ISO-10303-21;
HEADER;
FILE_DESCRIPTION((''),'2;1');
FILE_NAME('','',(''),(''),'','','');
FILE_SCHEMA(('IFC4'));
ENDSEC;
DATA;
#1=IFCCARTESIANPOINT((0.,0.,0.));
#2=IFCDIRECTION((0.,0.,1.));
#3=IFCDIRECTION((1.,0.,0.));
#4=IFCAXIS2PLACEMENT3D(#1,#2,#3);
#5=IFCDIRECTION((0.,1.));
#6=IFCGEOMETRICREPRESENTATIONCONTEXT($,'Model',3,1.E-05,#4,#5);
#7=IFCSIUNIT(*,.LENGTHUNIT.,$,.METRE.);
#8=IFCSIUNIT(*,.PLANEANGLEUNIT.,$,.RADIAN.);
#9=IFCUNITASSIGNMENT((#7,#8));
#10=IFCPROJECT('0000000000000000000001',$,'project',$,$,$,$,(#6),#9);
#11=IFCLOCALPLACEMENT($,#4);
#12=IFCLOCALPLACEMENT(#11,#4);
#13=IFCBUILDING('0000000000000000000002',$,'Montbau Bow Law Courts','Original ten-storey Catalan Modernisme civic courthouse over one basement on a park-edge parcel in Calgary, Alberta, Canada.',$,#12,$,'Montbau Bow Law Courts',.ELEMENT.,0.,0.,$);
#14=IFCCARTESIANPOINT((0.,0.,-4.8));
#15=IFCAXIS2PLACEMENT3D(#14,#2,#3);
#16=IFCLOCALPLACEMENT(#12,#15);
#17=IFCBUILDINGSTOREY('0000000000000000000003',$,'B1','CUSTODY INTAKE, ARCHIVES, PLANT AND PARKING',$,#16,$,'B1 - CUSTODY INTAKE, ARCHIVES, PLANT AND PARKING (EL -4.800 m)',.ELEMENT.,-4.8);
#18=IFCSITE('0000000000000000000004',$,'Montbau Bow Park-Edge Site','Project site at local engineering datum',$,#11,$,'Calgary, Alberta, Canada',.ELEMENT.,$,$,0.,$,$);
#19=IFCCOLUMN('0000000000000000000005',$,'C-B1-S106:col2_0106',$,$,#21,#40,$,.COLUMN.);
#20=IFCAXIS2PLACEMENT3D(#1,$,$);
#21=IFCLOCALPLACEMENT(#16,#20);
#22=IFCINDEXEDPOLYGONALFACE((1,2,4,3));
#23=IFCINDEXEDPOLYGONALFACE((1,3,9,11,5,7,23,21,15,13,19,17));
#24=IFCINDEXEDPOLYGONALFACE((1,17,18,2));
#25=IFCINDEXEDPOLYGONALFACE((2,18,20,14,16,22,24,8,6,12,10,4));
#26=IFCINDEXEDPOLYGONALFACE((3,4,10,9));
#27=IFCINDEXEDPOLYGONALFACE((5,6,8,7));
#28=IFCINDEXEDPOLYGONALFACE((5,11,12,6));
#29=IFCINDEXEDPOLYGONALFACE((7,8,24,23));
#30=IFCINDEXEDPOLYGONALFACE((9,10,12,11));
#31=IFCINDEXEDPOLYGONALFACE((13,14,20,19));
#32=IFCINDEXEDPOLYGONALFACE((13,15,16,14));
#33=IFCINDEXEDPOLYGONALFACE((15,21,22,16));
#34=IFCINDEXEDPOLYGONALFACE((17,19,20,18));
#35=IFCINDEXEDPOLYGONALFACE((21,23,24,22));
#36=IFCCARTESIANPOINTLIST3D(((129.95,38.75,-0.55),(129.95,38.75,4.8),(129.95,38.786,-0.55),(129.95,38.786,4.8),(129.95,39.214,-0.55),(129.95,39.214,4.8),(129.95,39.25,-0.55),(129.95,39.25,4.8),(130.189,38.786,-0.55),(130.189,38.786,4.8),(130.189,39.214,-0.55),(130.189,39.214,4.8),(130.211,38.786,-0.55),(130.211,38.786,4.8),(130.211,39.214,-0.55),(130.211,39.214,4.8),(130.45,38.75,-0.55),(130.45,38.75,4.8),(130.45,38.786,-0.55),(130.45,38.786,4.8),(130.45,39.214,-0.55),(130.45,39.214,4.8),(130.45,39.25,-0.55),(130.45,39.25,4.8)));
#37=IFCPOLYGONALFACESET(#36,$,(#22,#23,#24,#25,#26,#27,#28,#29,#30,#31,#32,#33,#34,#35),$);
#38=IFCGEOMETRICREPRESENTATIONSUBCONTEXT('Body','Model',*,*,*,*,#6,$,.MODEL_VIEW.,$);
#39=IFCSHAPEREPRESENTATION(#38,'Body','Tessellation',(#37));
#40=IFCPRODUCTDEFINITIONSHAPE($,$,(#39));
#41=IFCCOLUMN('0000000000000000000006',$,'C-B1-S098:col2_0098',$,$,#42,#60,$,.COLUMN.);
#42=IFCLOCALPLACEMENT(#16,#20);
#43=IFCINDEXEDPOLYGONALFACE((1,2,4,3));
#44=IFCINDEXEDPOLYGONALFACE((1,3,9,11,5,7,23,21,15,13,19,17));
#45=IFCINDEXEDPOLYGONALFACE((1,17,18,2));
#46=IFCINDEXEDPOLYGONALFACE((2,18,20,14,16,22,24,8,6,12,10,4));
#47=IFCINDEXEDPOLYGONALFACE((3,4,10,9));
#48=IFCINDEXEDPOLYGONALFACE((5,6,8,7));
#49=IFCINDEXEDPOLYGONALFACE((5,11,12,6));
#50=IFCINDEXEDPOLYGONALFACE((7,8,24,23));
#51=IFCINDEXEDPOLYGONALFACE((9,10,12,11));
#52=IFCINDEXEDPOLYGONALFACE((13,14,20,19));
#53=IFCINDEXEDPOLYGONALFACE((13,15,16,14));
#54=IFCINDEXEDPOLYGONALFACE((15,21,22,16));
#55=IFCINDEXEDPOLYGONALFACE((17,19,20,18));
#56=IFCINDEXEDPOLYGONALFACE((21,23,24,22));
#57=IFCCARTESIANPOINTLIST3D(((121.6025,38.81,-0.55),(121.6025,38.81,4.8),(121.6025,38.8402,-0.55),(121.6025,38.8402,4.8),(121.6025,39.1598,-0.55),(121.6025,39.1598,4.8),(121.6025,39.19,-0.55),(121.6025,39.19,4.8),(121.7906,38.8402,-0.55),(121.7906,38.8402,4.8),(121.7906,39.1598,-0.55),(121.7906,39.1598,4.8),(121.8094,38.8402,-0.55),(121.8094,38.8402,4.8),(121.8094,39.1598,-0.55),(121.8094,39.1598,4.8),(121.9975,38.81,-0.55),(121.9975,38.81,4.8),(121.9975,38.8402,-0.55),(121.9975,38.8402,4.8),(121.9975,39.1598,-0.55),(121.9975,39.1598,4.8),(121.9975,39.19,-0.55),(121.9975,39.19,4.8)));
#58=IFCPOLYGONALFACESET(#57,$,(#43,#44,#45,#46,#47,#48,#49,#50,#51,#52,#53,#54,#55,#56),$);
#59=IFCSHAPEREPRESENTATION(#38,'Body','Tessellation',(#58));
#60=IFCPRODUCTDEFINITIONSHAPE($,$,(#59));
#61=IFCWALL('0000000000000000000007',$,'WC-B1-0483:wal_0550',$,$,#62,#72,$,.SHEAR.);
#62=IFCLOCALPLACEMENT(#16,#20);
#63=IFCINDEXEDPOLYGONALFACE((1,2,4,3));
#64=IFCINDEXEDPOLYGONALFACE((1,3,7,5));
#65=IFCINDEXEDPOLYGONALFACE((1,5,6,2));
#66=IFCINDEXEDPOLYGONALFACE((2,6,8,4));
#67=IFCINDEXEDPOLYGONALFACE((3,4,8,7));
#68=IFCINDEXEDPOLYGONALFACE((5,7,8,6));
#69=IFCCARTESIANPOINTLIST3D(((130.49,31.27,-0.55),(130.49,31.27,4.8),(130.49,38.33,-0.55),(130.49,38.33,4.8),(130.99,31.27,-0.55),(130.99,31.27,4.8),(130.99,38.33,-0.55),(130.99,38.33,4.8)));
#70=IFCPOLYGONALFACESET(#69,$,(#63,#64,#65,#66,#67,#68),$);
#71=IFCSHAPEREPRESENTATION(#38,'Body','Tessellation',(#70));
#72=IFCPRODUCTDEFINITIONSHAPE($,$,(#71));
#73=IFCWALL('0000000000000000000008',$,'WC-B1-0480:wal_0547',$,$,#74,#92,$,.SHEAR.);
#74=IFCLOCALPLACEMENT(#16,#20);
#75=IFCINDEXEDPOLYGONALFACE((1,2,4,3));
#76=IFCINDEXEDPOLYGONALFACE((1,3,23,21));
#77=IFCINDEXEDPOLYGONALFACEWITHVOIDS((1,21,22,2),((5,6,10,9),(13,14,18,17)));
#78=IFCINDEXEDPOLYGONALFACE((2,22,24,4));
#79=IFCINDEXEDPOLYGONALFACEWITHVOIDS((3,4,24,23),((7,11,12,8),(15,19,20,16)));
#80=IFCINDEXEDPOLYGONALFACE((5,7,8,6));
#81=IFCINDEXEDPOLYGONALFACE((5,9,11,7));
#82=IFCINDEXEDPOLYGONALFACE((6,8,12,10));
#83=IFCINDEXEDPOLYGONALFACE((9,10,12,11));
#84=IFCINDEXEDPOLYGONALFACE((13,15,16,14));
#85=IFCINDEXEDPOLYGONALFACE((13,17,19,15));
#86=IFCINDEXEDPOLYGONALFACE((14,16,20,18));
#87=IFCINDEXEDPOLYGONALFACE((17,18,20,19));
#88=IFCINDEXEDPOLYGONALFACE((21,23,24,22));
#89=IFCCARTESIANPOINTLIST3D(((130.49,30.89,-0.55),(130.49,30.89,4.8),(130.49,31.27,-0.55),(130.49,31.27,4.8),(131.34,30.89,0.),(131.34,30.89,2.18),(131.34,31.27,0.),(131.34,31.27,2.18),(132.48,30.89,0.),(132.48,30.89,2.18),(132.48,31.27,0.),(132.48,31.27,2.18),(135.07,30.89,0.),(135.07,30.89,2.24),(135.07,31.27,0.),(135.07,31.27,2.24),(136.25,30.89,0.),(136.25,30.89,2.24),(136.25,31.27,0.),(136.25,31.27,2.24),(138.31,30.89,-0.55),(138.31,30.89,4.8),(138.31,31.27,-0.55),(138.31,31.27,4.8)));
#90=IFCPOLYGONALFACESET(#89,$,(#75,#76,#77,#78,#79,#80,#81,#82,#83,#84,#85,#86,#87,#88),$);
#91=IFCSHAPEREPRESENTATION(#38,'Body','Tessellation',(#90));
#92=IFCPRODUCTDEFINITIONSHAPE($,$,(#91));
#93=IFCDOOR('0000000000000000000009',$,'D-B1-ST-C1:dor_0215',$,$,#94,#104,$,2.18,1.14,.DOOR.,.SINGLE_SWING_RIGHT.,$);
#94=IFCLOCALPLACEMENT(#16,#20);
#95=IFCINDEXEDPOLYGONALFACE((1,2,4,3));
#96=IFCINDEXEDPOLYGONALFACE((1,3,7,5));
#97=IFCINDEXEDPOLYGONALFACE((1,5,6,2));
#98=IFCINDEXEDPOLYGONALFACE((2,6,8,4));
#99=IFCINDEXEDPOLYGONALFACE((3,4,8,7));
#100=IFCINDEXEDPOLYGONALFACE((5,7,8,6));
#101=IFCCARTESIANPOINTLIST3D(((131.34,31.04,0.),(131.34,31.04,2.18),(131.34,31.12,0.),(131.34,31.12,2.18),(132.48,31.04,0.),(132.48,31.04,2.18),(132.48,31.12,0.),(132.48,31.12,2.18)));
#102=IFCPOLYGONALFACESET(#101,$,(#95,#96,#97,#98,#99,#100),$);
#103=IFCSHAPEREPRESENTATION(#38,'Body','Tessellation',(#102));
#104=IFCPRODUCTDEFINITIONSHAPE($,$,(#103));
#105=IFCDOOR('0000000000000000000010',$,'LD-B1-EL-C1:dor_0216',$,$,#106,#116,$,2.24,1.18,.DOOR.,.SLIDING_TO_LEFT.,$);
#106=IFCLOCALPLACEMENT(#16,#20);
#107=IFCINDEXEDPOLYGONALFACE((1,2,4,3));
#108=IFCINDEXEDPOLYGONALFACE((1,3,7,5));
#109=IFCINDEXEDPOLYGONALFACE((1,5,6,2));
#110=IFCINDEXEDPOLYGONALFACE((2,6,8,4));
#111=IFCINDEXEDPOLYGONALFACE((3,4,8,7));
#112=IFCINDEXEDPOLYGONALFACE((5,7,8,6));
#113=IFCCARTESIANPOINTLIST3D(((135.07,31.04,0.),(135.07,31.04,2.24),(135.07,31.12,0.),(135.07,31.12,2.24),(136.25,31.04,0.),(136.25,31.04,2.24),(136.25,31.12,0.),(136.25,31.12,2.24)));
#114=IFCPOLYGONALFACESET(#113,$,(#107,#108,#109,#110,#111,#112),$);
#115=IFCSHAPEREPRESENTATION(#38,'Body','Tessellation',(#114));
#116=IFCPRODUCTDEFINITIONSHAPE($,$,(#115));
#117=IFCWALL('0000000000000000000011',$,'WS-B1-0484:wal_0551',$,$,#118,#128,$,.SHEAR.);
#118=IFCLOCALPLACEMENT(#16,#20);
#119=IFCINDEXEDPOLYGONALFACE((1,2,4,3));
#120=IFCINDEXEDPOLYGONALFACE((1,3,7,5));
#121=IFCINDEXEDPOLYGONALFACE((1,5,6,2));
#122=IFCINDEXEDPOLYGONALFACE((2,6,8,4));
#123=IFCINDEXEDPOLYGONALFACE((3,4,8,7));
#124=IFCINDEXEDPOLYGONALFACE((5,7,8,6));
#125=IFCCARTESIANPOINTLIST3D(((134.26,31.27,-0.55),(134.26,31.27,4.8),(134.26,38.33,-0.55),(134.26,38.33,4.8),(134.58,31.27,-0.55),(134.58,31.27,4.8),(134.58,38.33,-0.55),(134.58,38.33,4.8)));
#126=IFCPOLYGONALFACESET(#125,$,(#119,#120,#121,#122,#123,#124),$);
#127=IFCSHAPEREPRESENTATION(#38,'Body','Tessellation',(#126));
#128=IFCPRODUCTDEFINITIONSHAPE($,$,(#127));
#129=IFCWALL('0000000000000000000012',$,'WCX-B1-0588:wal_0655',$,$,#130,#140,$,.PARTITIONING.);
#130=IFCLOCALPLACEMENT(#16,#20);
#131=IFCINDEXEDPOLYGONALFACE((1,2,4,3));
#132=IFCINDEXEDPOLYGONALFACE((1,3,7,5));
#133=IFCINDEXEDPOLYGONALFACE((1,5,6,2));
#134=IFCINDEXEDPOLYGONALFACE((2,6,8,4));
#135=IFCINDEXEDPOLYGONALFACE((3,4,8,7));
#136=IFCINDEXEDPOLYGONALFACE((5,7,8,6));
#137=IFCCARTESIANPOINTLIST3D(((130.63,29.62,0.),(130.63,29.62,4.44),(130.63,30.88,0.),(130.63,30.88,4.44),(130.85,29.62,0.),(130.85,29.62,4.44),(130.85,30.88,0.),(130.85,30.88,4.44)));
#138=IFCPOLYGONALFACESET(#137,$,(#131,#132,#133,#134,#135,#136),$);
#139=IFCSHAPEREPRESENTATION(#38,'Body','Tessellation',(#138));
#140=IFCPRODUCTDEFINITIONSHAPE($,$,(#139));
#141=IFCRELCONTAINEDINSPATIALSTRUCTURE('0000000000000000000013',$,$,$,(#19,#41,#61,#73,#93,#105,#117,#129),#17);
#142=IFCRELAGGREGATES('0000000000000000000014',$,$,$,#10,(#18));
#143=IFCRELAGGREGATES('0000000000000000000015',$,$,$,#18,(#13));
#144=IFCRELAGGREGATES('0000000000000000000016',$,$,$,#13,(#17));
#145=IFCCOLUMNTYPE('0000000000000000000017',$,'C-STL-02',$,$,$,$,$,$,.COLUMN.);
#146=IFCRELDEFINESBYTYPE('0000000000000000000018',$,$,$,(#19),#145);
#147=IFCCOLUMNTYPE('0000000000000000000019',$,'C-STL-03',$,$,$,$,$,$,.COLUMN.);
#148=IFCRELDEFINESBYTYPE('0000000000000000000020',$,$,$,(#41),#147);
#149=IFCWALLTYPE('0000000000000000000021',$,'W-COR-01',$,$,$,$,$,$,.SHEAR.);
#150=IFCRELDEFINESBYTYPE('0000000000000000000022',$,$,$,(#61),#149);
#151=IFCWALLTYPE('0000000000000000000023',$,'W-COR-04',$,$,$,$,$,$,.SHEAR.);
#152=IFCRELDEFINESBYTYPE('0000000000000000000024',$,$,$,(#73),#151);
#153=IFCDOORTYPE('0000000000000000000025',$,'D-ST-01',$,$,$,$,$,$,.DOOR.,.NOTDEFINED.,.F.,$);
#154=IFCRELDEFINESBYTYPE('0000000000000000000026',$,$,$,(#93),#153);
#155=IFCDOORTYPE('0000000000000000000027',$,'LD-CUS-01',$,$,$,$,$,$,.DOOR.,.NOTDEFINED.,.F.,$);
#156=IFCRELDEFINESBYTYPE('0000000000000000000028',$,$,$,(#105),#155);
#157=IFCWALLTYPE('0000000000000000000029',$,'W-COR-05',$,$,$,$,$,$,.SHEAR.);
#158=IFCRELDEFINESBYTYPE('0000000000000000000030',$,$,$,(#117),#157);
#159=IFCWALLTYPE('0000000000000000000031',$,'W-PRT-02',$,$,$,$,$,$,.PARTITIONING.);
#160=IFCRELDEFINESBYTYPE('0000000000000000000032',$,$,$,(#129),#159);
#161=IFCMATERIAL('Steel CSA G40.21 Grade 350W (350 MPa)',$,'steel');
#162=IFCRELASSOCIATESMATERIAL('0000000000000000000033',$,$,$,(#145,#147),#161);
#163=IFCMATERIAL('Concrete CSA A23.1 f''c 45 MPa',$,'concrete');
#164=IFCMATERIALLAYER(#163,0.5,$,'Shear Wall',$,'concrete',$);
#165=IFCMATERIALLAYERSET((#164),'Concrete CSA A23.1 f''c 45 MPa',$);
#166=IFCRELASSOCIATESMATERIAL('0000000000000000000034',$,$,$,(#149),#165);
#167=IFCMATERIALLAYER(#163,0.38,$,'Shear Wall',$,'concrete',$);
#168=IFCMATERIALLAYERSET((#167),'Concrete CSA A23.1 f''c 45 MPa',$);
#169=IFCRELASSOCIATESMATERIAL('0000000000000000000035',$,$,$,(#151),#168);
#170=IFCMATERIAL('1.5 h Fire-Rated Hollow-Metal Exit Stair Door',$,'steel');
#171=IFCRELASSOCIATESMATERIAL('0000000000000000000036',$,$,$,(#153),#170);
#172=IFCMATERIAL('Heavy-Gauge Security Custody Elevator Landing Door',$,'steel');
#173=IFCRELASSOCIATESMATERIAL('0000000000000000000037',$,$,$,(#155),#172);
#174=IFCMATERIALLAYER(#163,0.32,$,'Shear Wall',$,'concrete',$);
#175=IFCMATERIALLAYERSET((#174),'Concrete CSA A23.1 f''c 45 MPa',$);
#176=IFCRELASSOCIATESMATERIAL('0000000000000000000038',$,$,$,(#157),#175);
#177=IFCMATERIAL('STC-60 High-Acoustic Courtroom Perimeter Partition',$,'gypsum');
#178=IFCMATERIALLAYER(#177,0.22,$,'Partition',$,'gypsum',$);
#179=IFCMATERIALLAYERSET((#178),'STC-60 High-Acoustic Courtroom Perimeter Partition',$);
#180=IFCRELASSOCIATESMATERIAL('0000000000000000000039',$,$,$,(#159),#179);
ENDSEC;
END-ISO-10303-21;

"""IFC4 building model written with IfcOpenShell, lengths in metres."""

from ifc_helpers import new_model, si_unit, direction, frame, frame_2d, origin_with_axes, origin_2d_with_axis, place, context, subcontext, project, spatial, rectangle, i_section, extrude, material, layer, layer_set, material_profile, profile_set, type_object, element, fill, save


model = new_model("IFC4")

# Units and contexts
model_context = context("Model", 3, precision=1e-05, world=origin_with_axes(), true_north=direction((0.0, 1.0)))
body_context = subcontext(model_context, "Body", "Model", "MODEL_VIEW")
ifc_project = project(units=[si_unit("LENGTHUNIT", "METRE"), si_unit("PLANEANGLEUNIT", "RADIAN")], contexts=[model_context])

# Site, building, storey
site_placement = place(None, origin_with_axes())
site = spatial("IfcSite", under=ifc_project, at=site_placement, Name="Montbau Bow Park-Edge Site", Description="Project site at local engineering datum", LongName="Calgary, Alberta, Canada", CompositionType="ELEMENT", RefElevation=0.0)
building_placement = place(site_placement, origin_with_axes())
building = spatial("IfcBuilding", under=site, at=building_placement, Name="Montbau Bow Law Courts", Description="Original ten-storey Catalan Modernisme civic courthouse over one basement on a park-edge parcel in Calgary, Alberta, Canada.", LongName="Montbau Bow Law Courts", CompositionType="ELEMENT", ElevationOfRefHeight=0.0, ElevationOfTerrain=0.0)
storey_placement = place(building_placement, frame((0.0, 0.0, -4.8), z_axis=(0.0, 0.0, 1.0), x_axis=(1.0, 0.0, 0.0)))
storey = spatial("IfcBuildingStorey", under=building, at=storey_placement, Name="B1", Description="CUSTODY INTAKE, ARCHIVES, PLANT AND PARKING", LongName="B1 - CUSTODY INTAKE, ARCHIVES, PLANT AND PARKING (EL -4.800 m)", CompositionType="ELEMENT", Elevation=-4.8)

# Columns
ifc_material_1 = material(Name="Concrete CSA A23.1 f'c 45 MPa", Category="concrete")
ifc_material_2 = material(Name="Steel CSA G40.21 Grade 350W (350 MPa)", Category="steel")
ifc_material_profile_1 = material_profile(ifc_material_2, i_section(OverallWidth=0.5, OverallDepth=0.5, WebThickness=0.022, FlangeThickness=0.036, at=origin_2d_with_axis()), Name="WWF500X343", Category="Main", Priority=0)
ifc_profile_set_1 = profile_set([ifc_material_profile_1], Name="Steel CSA G40.21 Grade 350W (350 MPa)")
column_type_1 = type_object("IfcColumnType", Name="C-STL-02", PredefinedType="COLUMN", material=ifc_profile_set_1)
for number, where, z_axis, x_axis, name in (
    (1, (130.2, 39.0, -5.35), (0.0, 0.0, 1.0), (1.0, 0.0, 0.0), "C-B1-S106:col2_0106"),
):
    element("IfcColumn", number, at=place(None, frame(where, z_axis=z_axis, x_axis=x_axis)), inside=storey, type_object=column_type_1, Name=name, PredefinedType="COLUMN", context=body_context, shape_type="SweptSolid", body=[
        extrude(i_section(OverallWidth=0.5, OverallDepth=0.5, WebThickness=0.022, FlangeThickness=0.036, at=origin_2d_with_axis()), origin_with_axes(), (0.0, 0.0, 1.0), 5.35),
    ])
ifc_material_profile_2 = material_profile(ifc_material_2, i_section(OverallWidth=0.395, OverallDepth=0.38, WebThickness=0.0189, FlangeThickness=0.0302, at=origin_2d_with_axis()), Name="W360X237", Category="Main", Priority=0)
ifc_profile_set_2 = profile_set([ifc_material_profile_2], Name="Steel CSA G40.21 Grade 350W (350 MPa)")
column_type_2 = type_object("IfcColumnType", Name="C-STL-03", PredefinedType="COLUMN", material=ifc_profile_set_2)
column_1_placement = place(None, frame((121.8, 39.0, -5.35), z_axis=(0.0, 0.0, 1.0), x_axis=(1.0, 0.0, 0.0)))
element("IfcColumn", 2, at=column_1_placement, inside=storey, type_object=column_type_2, Name="C-B1-S098:col2_0098", PredefinedType="COLUMN", context=body_context, shape_type="SweptSolid", body=[
    extrude(i_section(OverallWidth=0.395, OverallDepth=0.38, WebThickness=0.0189, FlangeThickness=0.0302, at=origin_2d_with_axis()), origin_with_axes(), (0.0, 0.0, 1.0), 5.35),
])

# Wall
ifc_layer_1 = layer(ifc_material_1, 0.5, Name="Shear Wall", Category="concrete")
ifc_layer_set_1 = layer_set([ifc_layer_1], Name="Concrete CSA A23.1 f'c 45 MPa")
wall_type_1 = type_object("IfcWallType", Name="W-COR-01", PredefinedType="SHEAR", material=ifc_layer_set_1)
wall_1_placement = place(None, frame((130.74, 38.33, -5.35), z_axis=(0.0, 0.0, 1.0), x_axis=(0.0, -1.0, 0.0)))
element("IfcWall", 3, at=wall_1_placement, inside=storey, type_object=wall_type_1, Name="WC-B1-0483:wal_0550", PredefinedType="SHEAR", context=body_context, shape_type="SweptSolid", body=[
    extrude(rectangle(XDim=7.06, YDim=0.5, at=frame_2d((3.53, 0.0), x_axis=(1.0, 0.0))), origin_with_axes(), (0.0, 0.0, 1.0), 5.35),
])

# Wall, openings, doors
ifc_layer_2 = layer(ifc_material_1, 0.38, Name="Shear Wall", Category="concrete")
ifc_layer_set_2 = layer_set([ifc_layer_2], Name="Concrete CSA A23.1 f'c 45 MPa")
wall_type_2 = type_object("IfcWallType", Name="W-COR-04", PredefinedType="SHEAR", material=ifc_layer_set_2)
wall_2_placement = place(None, frame((130.49, 31.08, -5.35), z_axis=(0.0, 0.0, 1.0), x_axis=(1.0, 0.0, 0.0)))
wall_2 = element("IfcWall", 4, at=wall_2_placement, inside=storey, type_object=wall_type_2, Name="WC-B1-0480:wal_0547", PredefinedType="SHEAR", context=body_context, shape_type="SweptSolid", body=[
    extrude(rectangle(XDim=7.82, YDim=0.38, at=frame_2d((3.91, 0.0), x_axis=(1.0, 0.0))), origin_with_axes(), (0.0, 0.0, 1.0), 5.35),
])
opening_1_placement = place(None, frame((131.91, 31.08, -4.8), z_axis=(0.0, 0.0, 1.0), x_axis=(1.0, 0.0, 0.0)))
opening_1 = element("IfcOpeningElement", 5, at=opening_1_placement, cuts=wall_2, PredefinedType="OPENING", context=body_context, shape_type="SweptSolid", body=[
    extrude(rectangle(XDim=1.14, YDim=2.18, at=frame_2d((0.0, 1.09), x_axis=(1.0, 0.0))), frame((0.0, 0.2, 0.0), z_axis=(0.0, -1.0, 0.0), x_axis=(1.0, 0.0, 0.0)), (0.0, 0.0, 1.0), 0.4),
])
opening_2_placement = place(None, frame((135.66, 31.08, -4.8), z_axis=(0.0, 0.0, 1.0), x_axis=(1.0, 0.0, 0.0)))
opening_2 = element("IfcOpeningElement", 6, at=opening_2_placement, cuts=wall_2, PredefinedType="OPENING", context=body_context, shape_type="SweptSolid", body=[
    extrude(rectangle(XDim=1.18, YDim=2.24, at=frame_2d((0.0, 1.12), x_axis=(1.0, 0.0))), frame((0.0, 0.2, 0.0), z_axis=(0.0, -1.0, 0.0), x_axis=(1.0, 0.0, 0.0)), (0.0, 0.0, 1.0), 0.4),
])
ifc_material_3 = material(Name="1.5 h Fire-Rated Hollow-Metal Exit Stair Door", Category="steel")
door_type_1 = type_object("IfcDoorType", Name="D-ST-01", OperationType="NOTDEFINED", ParameterTakesPrecedence=False, PredefinedType="DOOR", material=ifc_material_3)
door_1_placement = place(None, frame((131.91, 31.08, -4.8), z_axis=(0.0, 0.0, 1.0), x_axis=(-1.0, 0.0, 0.0)))
door_1 = element("IfcDoor", 7, at=door_1_placement, inside=storey, type_object=door_type_1, Name="D-B1-ST-C1:dor_0215", OperationType="SINGLE_SWING_RIGHT", OverallHeight=2.18, OverallWidth=1.14, PredefinedType="DOOR", context=body_context, shape_type="SweptSolid", body=[
    extrude(rectangle(XDim=1.14, YDim=2.18, at=frame_2d((0.0, 1.09), x_axis=(1.0, 0.0))), frame((0.0, 0.04, 0.0), z_axis=(0.0, -1.0, 0.0), x_axis=(1.0, 0.0, 0.0)), (0.0, 0.0, 1.0), 0.08),
])
fill(opening_1, door_1)
ifc_material_4 = material(Name="Heavy-Gauge Security Custody Elevator Landing Door", Category="steel")
door_type_2 = type_object("IfcDoorType", Name="LD-CUS-01", OperationType="NOTDEFINED", ParameterTakesPrecedence=False, PredefinedType="DOOR", material=ifc_material_4)
door_2_placement = place(None, frame((135.66, 31.08, -4.8), z_axis=(0.0, 0.0, 1.0), x_axis=(-1.0, 0.0, 0.0)))
door_2 = element("IfcDoor", 8, at=door_2_placement, inside=storey, type_object=door_type_2, Name="LD-B1-EL-C1:dor_0216", OperationType="SLIDING_TO_LEFT", OverallHeight=2.24, OverallWidth=1.18, PredefinedType="DOOR", context=body_context, shape_type="SweptSolid", body=[
    extrude(rectangle(XDim=1.18, YDim=2.24, at=frame_2d((0.0, 1.12), x_axis=(1.0, 0.0))), frame((0.0, 0.04, 0.0), z_axis=(0.0, -1.0, 0.0), x_axis=(1.0, 0.0, 0.0)), (0.0, 0.0, 1.0), 0.08),
])
fill(opening_2, door_2)

# Walls
ifc_layer_3 = layer(ifc_material_1, 0.32, Name="Shear Wall", Category="concrete")
ifc_layer_set_3 = layer_set([ifc_layer_3], Name="Concrete CSA A23.1 f'c 45 MPa")
wall_type_3 = type_object("IfcWallType", Name="W-COR-05", PredefinedType="SHEAR", material=ifc_layer_set_3)
wall_3_placement = place(None, frame((134.42, 31.27, -5.35), z_axis=(0.0, 0.0, 1.0), x_axis=(0.0, 1.0, 0.0)))
element("IfcWall", 9, at=wall_3_placement, inside=storey, type_object=wall_type_3, Name="WS-B1-0484:wal_0551", PredefinedType="SHEAR", context=body_context, shape_type="SweptSolid", body=[
    extrude(rectangle(XDim=7.06, YDim=0.32, at=frame_2d((3.53, 0.0), x_axis=(1.0, 0.0))), origin_with_axes(), (0.0, 0.0, 1.0), 5.35),
])
ifc_material_5 = material(Name="STC-60 High-Acoustic Courtroom Perimeter Partition", Category="gypsum")
ifc_layer_4 = layer(ifc_material_5, 0.22, Name="Partition", Category="gypsum")
ifc_layer_set_4 = layer_set([ifc_layer_4], Name="STC-60 High-Acoustic Courtroom Perimeter Partition")
wall_type_4 = type_object("IfcWallType", Name="W-PRT-02", PredefinedType="PARTITIONING", material=ifc_layer_set_4)
wall_4_placement = place(None, frame((130.74, 29.62, -4.8), z_axis=(0.0, 0.0, 1.0), x_axis=(0.0, 1.0, 0.0)))
element("IfcWall", 10, at=wall_4_placement, inside=storey, type_object=wall_type_4, Name="WCX-B1-0588:wal_0655", PredefinedType="PARTITIONING", context=body_context, shape_type="SweptSolid", body=[
    extrude(rectangle(XDim=1.26, YDim=0.22, at=frame_2d((0.63, 0.0), x_axis=(1.0, 0.0))), origin_with_axes(), (0.0, 0.0, 1.0), 4.44),
])

save(model, "model.ifc")
